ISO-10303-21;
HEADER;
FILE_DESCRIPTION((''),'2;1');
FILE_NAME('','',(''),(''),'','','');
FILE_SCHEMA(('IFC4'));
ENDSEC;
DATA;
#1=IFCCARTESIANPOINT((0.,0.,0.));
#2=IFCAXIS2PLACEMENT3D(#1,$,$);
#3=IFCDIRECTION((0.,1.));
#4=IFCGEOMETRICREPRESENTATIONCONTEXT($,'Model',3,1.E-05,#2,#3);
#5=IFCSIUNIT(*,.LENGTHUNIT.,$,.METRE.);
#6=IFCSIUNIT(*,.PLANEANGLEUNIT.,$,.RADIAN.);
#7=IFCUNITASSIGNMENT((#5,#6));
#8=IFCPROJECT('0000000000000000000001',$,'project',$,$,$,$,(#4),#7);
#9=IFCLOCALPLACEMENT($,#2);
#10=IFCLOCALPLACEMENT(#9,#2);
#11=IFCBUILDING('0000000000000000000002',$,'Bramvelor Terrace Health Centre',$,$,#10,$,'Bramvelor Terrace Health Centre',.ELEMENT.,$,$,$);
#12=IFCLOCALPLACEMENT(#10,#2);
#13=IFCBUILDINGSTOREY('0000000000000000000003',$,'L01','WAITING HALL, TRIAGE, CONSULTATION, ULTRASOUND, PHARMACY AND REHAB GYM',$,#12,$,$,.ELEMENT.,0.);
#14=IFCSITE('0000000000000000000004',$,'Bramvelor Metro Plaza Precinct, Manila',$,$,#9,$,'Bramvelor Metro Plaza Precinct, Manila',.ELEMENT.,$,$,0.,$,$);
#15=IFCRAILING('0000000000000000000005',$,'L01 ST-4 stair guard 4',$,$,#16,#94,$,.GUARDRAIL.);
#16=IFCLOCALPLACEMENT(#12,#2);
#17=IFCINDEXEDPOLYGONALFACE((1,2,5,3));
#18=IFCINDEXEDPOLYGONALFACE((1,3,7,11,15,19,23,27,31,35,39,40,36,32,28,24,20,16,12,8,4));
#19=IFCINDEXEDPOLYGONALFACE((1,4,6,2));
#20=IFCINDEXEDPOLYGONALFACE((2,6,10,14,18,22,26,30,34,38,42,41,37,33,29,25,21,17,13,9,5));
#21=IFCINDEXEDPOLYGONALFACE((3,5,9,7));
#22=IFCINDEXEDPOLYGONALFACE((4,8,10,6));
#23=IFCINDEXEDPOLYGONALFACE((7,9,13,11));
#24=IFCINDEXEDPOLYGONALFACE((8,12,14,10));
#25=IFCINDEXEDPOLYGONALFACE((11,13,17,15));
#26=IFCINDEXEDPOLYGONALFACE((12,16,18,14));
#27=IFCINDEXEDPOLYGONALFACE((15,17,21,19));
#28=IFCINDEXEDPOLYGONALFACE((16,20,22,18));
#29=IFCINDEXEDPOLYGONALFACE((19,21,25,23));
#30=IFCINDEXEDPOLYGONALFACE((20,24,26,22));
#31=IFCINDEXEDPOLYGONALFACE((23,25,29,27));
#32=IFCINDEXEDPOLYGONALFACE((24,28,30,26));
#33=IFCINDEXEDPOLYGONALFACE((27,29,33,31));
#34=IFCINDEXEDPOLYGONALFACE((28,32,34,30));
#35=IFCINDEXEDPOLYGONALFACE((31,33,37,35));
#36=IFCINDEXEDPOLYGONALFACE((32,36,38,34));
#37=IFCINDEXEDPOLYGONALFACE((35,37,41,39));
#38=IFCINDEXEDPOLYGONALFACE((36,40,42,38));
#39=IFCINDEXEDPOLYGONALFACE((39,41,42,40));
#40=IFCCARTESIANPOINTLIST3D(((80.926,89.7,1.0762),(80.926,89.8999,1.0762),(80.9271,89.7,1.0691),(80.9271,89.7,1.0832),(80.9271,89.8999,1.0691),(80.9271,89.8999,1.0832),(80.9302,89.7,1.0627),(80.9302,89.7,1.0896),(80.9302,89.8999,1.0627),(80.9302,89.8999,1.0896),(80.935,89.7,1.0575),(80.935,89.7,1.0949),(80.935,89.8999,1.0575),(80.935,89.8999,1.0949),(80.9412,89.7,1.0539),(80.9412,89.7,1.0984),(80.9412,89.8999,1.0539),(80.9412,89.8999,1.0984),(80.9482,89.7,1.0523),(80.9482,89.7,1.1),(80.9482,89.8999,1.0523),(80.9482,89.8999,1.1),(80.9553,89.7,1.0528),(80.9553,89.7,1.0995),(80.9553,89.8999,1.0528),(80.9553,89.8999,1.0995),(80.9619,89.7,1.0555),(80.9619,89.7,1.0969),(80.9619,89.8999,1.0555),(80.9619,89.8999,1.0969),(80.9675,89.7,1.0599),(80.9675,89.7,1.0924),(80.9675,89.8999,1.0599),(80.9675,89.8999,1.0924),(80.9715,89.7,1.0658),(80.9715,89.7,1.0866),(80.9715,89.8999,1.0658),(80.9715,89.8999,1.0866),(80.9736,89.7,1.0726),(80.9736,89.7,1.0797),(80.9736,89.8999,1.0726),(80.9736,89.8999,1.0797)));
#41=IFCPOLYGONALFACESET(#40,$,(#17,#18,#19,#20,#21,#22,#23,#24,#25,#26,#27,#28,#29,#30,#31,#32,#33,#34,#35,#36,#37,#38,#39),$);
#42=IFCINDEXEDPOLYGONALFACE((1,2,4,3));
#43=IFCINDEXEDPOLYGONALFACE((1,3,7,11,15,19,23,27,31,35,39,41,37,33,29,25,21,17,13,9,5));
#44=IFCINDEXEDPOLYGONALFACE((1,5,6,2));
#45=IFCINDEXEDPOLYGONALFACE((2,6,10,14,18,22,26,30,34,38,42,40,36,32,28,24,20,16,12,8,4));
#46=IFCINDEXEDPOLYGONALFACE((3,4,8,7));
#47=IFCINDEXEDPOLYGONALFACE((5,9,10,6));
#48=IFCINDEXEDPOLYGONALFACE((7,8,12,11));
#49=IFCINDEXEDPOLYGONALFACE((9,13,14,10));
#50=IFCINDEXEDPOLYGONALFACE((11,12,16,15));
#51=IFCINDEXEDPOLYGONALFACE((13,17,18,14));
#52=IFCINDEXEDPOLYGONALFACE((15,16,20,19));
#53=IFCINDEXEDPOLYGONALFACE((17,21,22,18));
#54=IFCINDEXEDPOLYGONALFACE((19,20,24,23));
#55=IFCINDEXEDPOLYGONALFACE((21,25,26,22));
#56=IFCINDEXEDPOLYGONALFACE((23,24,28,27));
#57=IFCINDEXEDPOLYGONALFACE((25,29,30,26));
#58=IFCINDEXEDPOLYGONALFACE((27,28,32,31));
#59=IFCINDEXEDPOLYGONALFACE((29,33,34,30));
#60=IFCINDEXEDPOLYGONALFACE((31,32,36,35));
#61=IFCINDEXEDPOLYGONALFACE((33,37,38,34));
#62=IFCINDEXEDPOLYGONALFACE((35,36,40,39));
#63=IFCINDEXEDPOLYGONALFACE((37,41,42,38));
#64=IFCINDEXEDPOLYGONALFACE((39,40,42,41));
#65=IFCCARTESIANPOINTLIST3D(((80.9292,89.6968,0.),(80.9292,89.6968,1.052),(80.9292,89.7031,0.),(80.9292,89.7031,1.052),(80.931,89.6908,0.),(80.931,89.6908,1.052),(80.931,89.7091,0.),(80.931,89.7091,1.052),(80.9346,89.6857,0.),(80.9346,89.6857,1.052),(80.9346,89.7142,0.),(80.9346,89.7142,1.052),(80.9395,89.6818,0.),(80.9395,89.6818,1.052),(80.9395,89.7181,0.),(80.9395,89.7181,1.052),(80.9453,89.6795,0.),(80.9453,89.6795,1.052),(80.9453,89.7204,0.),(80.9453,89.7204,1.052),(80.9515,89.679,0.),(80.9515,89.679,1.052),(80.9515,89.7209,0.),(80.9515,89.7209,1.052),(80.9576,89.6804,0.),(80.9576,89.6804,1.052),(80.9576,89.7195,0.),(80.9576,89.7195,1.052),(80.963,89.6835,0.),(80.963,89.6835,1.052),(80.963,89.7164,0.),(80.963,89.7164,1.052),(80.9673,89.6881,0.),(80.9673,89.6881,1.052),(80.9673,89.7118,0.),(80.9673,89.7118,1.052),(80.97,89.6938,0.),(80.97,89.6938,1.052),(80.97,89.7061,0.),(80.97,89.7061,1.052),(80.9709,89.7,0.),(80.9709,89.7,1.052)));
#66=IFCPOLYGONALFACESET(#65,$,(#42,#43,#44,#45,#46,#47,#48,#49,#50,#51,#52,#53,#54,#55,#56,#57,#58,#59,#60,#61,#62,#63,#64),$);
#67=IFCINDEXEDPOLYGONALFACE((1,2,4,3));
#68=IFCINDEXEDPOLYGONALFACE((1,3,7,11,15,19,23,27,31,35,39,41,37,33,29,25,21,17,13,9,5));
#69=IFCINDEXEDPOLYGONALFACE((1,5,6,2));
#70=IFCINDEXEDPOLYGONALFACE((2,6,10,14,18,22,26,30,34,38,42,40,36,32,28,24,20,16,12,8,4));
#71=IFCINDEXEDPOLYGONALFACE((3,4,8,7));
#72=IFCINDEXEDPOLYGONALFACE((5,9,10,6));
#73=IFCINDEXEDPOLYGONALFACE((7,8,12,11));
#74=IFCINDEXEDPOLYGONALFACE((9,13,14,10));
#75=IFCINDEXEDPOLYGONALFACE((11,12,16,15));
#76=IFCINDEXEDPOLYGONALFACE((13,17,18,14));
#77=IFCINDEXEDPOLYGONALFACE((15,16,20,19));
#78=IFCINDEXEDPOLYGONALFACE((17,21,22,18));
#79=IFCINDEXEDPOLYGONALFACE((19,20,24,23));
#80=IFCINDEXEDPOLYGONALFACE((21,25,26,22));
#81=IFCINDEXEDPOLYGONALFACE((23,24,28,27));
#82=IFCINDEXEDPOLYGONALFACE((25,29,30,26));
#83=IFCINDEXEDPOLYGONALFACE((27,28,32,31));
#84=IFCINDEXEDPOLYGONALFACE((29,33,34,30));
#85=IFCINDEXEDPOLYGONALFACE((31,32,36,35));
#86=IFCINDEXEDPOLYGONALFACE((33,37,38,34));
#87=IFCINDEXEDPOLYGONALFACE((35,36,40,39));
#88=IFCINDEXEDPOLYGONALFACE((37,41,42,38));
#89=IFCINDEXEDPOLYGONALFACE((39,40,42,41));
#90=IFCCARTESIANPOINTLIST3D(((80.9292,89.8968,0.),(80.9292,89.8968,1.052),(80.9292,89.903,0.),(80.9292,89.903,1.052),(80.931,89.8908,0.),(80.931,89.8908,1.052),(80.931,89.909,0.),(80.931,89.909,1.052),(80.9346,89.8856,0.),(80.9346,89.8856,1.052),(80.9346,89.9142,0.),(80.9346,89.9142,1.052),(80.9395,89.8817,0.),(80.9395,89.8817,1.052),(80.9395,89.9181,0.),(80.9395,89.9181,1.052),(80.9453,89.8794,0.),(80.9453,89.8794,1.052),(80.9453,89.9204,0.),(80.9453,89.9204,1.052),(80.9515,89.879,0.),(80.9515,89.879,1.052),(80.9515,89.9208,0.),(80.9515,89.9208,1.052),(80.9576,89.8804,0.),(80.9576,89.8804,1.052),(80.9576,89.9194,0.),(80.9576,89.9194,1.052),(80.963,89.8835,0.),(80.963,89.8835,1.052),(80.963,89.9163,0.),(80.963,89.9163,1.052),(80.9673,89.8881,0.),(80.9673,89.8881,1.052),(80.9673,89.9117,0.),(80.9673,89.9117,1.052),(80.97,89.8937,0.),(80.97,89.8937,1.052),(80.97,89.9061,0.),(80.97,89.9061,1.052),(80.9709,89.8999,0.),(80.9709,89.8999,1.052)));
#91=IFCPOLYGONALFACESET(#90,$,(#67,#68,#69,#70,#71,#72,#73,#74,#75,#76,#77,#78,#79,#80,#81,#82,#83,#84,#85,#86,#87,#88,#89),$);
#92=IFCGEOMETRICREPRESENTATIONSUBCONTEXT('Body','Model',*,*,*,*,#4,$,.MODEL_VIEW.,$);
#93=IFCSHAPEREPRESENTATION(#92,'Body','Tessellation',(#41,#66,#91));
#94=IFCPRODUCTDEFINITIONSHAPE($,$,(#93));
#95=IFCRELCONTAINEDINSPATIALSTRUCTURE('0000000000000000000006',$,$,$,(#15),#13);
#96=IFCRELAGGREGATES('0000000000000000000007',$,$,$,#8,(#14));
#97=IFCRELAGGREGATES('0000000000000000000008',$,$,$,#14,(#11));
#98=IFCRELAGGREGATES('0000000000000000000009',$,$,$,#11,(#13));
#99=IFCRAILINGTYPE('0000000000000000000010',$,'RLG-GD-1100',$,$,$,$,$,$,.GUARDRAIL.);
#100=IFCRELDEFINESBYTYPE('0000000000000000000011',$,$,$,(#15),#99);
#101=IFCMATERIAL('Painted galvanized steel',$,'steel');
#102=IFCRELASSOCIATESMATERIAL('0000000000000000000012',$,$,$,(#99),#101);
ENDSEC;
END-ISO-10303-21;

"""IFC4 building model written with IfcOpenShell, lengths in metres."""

from ifc_helpers import new_model, si_unit, direction, frame, origin, origin_2d, place, context, subcontext, project, spatial, circle, extrude, material, type_object, element, save


model = new_model("IFC4")

# Units and contexts
model_context = context("Model", 3, precision=1e-05, world=origin(), true_north=direction((0.0, 1.0)))
body_context = subcontext(model_context, "Body", "Model", "MODEL_VIEW")
ifc_project = project(units=[si_unit("LENGTHUNIT", "METRE"), si_unit("PLANEANGLEUNIT", "RADIAN")], contexts=[model_context])

# Site, building, storey
site_placement = place(None, origin())
site = spatial("IfcSite", under=ifc_project, at=site_placement, Name="Bramvelor Metro Plaza Precinct, Manila", LongName="Bramvelor Metro Plaza Precinct, Manila", CompositionType="ELEMENT", RefElevation=0.0)
building_placement = place(site_placement, origin())
building = spatial("IfcBuilding", under=site, at=building_placement, Name="Bramvelor Terrace Health Centre", LongName="Bramvelor Terrace Health Centre", CompositionType="ELEMENT")
storey_placement = place(building_placement, origin())
storey = spatial("IfcBuildingStorey", under=building, at=storey_placement, Name="L01", Description="WAITING HALL, TRIAGE, CONSULTATION, ULTRASOUND, PHARMACY AND REHAB GYM", CompositionType="ELEMENT", Elevation=0.0)

# Railing
ifc_material_1 = material(Name="Painted galvanized steel", Category="steel")
railing_type_1 = type_object("IfcRailingType", Name="RLG-GD-1100", PredefinedType="GUARDRAIL", material=ifc_material_1)
railing_1_placement = place(storey_placement, frame((80.95, 89.7, 0.0)))
element("IfcRailing", 1, at=railing_1_placement, inside=storey, type_object=railing_type_1, Name="L01 ST-4 stair guard 4", PredefinedType="GUARDRAIL", context=body_context, shape_type="SweptSolid", body=[
    extrude(circle(Radius=0.0239, at=origin_2d()), frame((0.0, 0.0, 1.0762), z_axis=(0.0, 1.0, 0.0), x_axis=(-1.0, 0.0, 0.0)), (0.0, 0.0, 1.0), 0.2),
    extrude(circle(Radius=0.021, at=origin_2d()), origin(), (0.0, 0.0, 1.0), 1.052),
    extrude(circle(Radius=0.021, at=origin_2d()), frame((0.0, 0.2, 0.0)), (0.0, 0.0, 1.0), 1.052),
])

save(model, "model.ifc")
